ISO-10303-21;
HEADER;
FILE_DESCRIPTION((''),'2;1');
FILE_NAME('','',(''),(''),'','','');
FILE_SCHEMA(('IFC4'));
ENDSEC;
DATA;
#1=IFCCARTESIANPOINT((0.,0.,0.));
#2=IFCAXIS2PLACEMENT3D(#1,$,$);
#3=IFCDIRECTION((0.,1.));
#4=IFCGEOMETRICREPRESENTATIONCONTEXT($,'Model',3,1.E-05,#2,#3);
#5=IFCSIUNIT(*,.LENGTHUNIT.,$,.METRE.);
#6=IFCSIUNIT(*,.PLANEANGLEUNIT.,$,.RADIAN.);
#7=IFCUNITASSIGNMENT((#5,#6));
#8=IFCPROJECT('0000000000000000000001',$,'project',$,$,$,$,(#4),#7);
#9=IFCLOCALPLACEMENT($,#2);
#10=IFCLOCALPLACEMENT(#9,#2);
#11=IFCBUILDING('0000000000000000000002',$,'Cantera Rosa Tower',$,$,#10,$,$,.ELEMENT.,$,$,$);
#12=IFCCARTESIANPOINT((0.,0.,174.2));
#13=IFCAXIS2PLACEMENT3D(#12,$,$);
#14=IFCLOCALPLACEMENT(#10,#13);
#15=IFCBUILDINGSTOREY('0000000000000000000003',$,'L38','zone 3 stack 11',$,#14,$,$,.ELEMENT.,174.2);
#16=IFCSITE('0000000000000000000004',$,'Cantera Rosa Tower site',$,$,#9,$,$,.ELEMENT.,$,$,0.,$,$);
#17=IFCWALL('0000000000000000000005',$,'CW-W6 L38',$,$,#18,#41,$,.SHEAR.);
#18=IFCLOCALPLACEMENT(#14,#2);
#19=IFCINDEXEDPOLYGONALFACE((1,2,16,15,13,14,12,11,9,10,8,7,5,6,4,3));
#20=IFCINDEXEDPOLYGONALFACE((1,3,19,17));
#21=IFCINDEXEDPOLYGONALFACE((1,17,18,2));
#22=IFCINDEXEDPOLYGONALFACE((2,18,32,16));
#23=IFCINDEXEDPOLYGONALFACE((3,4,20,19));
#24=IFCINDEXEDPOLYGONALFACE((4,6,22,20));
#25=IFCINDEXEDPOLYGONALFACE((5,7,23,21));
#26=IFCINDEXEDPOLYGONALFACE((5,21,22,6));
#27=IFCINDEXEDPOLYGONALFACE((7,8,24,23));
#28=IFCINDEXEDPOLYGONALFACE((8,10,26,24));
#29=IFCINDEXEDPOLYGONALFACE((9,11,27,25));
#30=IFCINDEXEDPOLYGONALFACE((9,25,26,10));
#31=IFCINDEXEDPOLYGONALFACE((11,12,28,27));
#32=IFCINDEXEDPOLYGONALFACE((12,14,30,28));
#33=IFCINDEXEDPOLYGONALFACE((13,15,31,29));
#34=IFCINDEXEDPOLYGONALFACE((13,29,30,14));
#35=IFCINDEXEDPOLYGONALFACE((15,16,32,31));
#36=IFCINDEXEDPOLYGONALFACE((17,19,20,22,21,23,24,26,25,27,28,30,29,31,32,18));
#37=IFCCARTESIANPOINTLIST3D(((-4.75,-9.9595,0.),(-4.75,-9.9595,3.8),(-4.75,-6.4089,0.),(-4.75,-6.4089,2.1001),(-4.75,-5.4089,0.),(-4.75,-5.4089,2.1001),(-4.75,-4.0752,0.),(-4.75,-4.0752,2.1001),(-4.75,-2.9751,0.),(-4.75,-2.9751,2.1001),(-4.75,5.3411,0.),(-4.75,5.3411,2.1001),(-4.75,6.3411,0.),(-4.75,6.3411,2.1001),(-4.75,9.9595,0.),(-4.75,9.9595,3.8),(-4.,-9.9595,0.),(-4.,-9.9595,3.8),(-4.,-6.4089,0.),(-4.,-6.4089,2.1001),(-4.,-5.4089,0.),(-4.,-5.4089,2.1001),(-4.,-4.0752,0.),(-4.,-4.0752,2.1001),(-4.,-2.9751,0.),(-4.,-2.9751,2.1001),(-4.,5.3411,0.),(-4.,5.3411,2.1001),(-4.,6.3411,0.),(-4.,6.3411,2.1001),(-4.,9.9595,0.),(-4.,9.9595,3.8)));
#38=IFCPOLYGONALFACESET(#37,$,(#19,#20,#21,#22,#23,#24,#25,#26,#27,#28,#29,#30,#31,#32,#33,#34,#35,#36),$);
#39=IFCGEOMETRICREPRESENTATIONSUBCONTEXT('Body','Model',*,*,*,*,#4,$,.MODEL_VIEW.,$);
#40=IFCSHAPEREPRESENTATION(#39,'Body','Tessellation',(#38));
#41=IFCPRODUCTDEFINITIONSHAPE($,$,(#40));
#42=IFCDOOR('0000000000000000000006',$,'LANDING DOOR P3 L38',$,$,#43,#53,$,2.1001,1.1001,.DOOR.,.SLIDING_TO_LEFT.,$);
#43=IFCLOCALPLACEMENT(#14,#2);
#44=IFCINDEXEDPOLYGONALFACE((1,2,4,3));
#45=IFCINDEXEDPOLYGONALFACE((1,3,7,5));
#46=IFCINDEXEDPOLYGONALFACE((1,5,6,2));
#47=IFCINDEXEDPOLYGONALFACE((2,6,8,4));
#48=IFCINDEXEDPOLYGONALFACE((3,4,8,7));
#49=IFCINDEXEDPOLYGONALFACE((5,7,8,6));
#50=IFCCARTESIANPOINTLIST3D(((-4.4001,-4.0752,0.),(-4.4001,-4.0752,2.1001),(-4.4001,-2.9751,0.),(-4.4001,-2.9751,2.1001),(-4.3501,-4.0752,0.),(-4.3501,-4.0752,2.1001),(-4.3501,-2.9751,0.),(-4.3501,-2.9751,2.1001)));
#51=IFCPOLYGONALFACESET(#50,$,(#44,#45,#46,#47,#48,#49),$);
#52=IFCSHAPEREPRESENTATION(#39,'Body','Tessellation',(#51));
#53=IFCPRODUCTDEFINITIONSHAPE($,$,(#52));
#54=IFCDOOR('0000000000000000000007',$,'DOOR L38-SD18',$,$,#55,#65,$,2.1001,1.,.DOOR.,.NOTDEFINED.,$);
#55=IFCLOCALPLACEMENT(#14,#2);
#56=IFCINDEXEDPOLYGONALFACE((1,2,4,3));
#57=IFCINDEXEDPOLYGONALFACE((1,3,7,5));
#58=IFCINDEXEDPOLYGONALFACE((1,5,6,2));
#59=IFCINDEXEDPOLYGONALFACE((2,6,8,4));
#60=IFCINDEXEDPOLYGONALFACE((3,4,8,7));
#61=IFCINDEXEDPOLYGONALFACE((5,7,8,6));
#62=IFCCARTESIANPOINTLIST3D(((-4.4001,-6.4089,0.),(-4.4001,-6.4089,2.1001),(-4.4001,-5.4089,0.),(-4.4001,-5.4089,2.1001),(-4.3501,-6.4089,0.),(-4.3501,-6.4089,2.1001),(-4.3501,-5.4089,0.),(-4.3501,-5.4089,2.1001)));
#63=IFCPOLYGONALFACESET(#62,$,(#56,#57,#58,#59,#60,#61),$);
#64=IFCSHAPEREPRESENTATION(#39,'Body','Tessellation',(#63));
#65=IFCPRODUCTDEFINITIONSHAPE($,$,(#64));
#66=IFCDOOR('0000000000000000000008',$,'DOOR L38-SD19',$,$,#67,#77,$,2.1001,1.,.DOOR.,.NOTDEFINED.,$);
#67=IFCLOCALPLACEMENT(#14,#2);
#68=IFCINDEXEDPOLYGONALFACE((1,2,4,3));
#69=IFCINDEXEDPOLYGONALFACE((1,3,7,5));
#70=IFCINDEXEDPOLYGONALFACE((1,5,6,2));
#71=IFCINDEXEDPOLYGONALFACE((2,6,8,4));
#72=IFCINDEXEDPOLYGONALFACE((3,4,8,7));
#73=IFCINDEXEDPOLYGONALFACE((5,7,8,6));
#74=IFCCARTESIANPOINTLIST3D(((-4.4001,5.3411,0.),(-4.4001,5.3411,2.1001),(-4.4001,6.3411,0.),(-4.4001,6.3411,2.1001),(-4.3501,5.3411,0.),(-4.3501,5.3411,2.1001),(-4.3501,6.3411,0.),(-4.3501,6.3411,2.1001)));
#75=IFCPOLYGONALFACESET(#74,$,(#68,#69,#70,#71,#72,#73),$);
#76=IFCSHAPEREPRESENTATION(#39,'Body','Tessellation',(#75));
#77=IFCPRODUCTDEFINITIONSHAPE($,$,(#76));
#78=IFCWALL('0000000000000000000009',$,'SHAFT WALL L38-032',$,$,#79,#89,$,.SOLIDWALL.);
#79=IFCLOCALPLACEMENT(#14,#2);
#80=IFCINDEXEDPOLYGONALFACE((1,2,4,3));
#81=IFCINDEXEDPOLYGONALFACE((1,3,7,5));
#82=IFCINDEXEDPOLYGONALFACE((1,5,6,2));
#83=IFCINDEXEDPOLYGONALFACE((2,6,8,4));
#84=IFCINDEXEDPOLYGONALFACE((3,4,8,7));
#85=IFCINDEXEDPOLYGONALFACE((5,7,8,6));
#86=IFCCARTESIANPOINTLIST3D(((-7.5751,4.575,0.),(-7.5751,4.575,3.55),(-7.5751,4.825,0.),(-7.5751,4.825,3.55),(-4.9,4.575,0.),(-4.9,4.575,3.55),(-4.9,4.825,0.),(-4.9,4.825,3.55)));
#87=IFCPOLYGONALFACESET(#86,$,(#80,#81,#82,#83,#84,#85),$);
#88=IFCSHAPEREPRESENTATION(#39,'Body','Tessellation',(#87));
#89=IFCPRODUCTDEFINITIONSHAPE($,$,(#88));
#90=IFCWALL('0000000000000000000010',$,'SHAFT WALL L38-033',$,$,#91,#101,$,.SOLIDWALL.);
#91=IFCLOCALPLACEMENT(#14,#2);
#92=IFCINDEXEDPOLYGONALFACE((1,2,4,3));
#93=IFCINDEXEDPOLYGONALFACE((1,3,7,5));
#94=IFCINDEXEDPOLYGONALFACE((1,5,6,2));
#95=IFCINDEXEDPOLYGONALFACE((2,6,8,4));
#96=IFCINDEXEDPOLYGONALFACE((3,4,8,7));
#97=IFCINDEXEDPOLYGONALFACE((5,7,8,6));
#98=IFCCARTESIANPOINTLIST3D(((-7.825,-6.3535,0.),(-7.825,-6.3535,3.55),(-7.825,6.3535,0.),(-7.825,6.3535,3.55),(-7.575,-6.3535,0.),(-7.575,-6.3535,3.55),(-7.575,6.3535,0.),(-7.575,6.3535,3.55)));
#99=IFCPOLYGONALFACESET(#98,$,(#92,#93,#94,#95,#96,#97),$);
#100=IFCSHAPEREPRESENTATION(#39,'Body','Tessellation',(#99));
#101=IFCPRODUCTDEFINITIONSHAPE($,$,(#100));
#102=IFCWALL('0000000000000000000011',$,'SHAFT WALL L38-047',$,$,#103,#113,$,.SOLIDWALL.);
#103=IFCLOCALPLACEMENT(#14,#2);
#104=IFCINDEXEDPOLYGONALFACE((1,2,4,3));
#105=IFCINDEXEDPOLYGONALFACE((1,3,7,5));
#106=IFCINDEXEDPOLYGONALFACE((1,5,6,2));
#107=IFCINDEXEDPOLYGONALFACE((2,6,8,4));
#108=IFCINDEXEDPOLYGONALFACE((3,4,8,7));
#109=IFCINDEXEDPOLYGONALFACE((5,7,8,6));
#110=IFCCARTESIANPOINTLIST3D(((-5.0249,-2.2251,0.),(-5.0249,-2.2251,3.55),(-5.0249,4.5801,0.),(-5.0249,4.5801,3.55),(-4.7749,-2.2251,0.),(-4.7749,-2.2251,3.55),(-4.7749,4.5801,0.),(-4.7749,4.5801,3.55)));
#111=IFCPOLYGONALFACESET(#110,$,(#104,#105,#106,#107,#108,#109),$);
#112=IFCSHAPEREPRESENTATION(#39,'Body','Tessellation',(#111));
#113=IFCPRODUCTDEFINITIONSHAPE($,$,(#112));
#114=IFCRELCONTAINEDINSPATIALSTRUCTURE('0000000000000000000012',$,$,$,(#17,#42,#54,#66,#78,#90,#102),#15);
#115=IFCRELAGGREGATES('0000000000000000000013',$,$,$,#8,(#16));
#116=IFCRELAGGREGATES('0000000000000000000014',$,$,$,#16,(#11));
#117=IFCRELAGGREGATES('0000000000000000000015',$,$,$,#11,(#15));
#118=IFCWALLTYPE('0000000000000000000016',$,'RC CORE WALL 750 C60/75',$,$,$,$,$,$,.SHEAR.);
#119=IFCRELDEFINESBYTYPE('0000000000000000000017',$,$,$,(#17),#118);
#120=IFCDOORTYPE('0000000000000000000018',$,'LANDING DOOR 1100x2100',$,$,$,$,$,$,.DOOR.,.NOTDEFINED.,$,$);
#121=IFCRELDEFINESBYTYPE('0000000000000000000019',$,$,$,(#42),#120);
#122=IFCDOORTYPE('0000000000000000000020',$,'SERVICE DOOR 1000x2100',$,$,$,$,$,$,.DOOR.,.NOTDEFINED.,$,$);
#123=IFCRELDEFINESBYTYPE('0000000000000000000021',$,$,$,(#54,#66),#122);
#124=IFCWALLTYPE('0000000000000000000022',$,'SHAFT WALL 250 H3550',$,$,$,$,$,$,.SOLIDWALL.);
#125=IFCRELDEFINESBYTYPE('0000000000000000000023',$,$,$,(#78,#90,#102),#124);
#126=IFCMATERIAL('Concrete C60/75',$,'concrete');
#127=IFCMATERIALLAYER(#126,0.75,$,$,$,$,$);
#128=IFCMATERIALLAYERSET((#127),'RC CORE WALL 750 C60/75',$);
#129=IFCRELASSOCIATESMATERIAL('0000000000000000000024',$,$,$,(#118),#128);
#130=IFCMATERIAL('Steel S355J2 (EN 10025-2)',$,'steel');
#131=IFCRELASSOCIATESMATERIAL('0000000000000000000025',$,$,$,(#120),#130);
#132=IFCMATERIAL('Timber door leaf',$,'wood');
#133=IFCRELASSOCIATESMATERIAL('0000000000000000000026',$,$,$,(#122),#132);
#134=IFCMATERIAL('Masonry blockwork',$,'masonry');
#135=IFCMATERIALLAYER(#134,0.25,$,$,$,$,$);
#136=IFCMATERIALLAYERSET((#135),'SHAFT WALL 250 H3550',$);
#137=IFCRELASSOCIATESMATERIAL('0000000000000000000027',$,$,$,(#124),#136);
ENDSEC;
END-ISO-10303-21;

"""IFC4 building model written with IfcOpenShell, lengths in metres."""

from ifc_helpers import new_model, si_unit, direction, frame, frame_2d, origin, place, context, subcontext, project, spatial, rectangle, extrude, material, layer, layer_set, type_object, element, fill, save


model = new_model("IFC4")

# Units and contexts
model_context = context("Model", 3, precision=1e-05, world=origin(), true_north=direction((0.0, 1.0)))
body_context = subcontext(model_context, "Body", "Model", "MODEL_VIEW")
ifc_project = project(units=[si_unit("LENGTHUNIT", "METRE"), si_unit("PLANEANGLEUNIT", "RADIAN")], contexts=[model_context])

# Site, building, storey
site_placement = place(None, origin())
site = spatial("IfcSite", under=ifc_project, at=site_placement, Name="Cantera Rosa Tower site", CompositionType="ELEMENT", RefElevation=0.0)
building_placement = place(site_placement, origin())
building = spatial("IfcBuilding", under=site, at=building_placement, Name="Cantera Rosa Tower", CompositionType="ELEMENT")
storey_placement = place(building_placement, frame((0.0, 0.0, 174.2)))
storey = spatial("IfcBuildingStorey", under=building, at=storey_placement, Name="L38", Description="zone 3 stack 11", CompositionType="ELEMENT", Elevation=174.2)

# Shared definitions
ifc_material_1 = material(Name="Concrete C60/75", Category="concrete")
ifc_layer_1 = layer(ifc_material_1, 0.75)
ifc_layer_set_1 = layer_set([ifc_layer_1], Name="RC CORE WALL 750 C60/75")
wall_type_1 = type_object("IfcWallType", Name="RC CORE WALL 750 C60/75", PredefinedType="SHEAR", material=ifc_layer_set_1)

# Wall, openings, doors
wall_1_placement = place(storey_placement, frame((-4.375, 9.9595, 0.0), z_axis=(0.0, 0.0, 1.0), x_axis=(0.0, -1.0, 0.0)))
wall_1 = element("IfcWall", 1, at=wall_1_placement, inside=storey, type_object=wall_type_1, Name="CW-W6 L38", PredefinedType="SHEAR", context=body_context, shape_type="SweptSolid", body=[
    extrude(rectangle(XDim=19.9189, YDim=0.75, at=frame_2d((9.9595, 0.0))), origin(), (0.0, 0.0, 1.0), 3.8),
])
opening_1_placement = place(wall_1_placement, frame((12.9346, 0.0, 0.0)))
opening_1 = element("IfcOpeningElement", 2, at=opening_1_placement, cuts=wall_1, PredefinedType="OPENING", context=body_context, shape_type="SweptSolid", body=[
    extrude(rectangle(XDim=1.1001, YDim=2.1001, at=frame_2d((0.55, 1.05))), frame((0.0, 0.385, 0.0), z_axis=(0.0, -1.0, 0.0), x_axis=(1.0, 0.0, 0.0)), (0.0, 0.0, 1.0), 0.77),
])
opening_2_placement = place(wall_1_placement, frame((15.3684, 0.0, 0.0)))
opening_2 = element("IfcOpeningElement", 3, at=opening_2_placement, cuts=wall_1, PredefinedType="OPENING", context=body_context, shape_type="SweptSolid", body=[
    extrude(rectangle(XDim=1.0, YDim=2.1001, at=frame_2d((0.5, 1.05))), frame((0.0, 0.385, 0.0), z_axis=(0.0, -1.0, 0.0), x_axis=(1.0, 0.0, 0.0)), (0.0, 0.0, 1.0), 0.77),
])
opening_3_placement = place(wall_1_placement, frame((3.6184, 0.0, 0.0)))
opening_3 = element("IfcOpeningElement", 4, at=opening_3_placement, cuts=wall_1, PredefinedType="OPENING", context=body_context, shape_type="SweptSolid", body=[
    extrude(rectangle(XDim=1.0, YDim=2.1001, at=frame_2d((0.5, 1.05))), frame((0.0, 0.385, 0.0), z_axis=(0.0, -1.0, 0.0), x_axis=(1.0, 0.0, 0.0)), (0.0, 0.0, 1.0), 0.77),
])
ifc_material_2 = material(Name="Steel S355J2 (EN 10025-2)", Category="steel")
door_type_1 = type_object("IfcDoorType", Name="LANDING DOOR 1100x2100", OperationType="NOTDEFINED", PredefinedType="DOOR", material=ifc_material_2)
door_1_placement = place(opening_1_placement, origin())
door_1 = element("IfcDoor", 5, at=door_1_placement, inside=storey, type_object=door_type_1, Name="LANDING DOOR P3 L38", OperationType="SLIDING_TO_LEFT", OverallHeight=2.1001, OverallWidth=1.1001, PredefinedType="DOOR", context=body_context, shape_type="SweptSolid", body=[
    extrude(rectangle(XDim=1.1001, YDim=2.1001, at=frame_2d((0.55, 1.05))), frame((0.0, 0.0249, 0.0), z_axis=(0.0, -1.0, 0.0), x_axis=(1.0, 0.0, 0.0)), (0.0, 0.0, 1.0), 0.05),
])
fill(opening_1, door_1)
ifc_material_3 = material(Name="Timber door leaf", Category="wood")
door_type_2 = type_object("IfcDoorType", Name="SERVICE DOOR 1000x2100", OperationType="NOTDEFINED", PredefinedType="DOOR", material=ifc_material_3)
door_2_placement = place(opening_2_placement, origin())
door_2 = element("IfcDoor", 6, at=door_2_placement, inside=storey, type_object=door_type_2, Name="DOOR L38-SD18", OperationType="NOTDEFINED", OverallHeight=2.1001, OverallWidth=1.0, PredefinedType="DOOR", context=body_context, shape_type="SweptSolid", body=[
    extrude(rectangle(XDim=1.0, YDim=2.1001, at=frame_2d((0.5, 1.05))), frame((0.0, 0.0249, 0.0), z_axis=(0.0, -1.0, 0.0), x_axis=(1.0, 0.0, 0.0)), (0.0, 0.0, 1.0), 0.05),
])
fill(opening_2, door_2)
door_3_placement = place(opening_3_placement, origin())
door_3 = element("IfcDoor", 7, at=door_3_placement, inside=storey, type_object=door_type_2, Name="DOOR L38-SD19", OperationType="NOTDEFINED", OverallHeight=2.1001, OverallWidth=1.0, PredefinedType="DOOR", context=body_context, shape_type="SweptSolid", body=[
    extrude(rectangle(XDim=1.0, YDim=2.1001, at=frame_2d((0.5, 1.05))), frame((0.0, 0.0249, 0.0), z_axis=(0.0, -1.0, 0.0), x_axis=(1.0, 0.0, 0.0)), (0.0, 0.0, 1.0), 0.05),
])
fill(opening_3, door_3)

# Walls
ifc_material_4 = material(Name="Masonry blockwork", Category="masonry")
ifc_layer_2 = layer(ifc_material_4, 0.25)
ifc_layer_set_2 = layer_set([ifc_layer_2], Name="SHAFT WALL 250 H3550")
wall_type_2 = type_object("IfcWallType", Name="SHAFT WALL 250 H3550", PredefinedType="SOLIDWALL", material=ifc_layer_set_2)
wall_2_placement = place(storey_placement, frame((-7.575, 4.7, 0.0), z_axis=(0.0, 0.0, 1.0), x_axis=(1.0, 0.0, 0.0)))
element("IfcWall", 8, at=wall_2_placement, inside=storey, type_object=wall_type_2, Name="SHAFT WALL L38-032", PredefinedType="SOLIDWALL", context=body_context, shape_type="SweptSolid", body=[
    extrude(rectangle(XDim=2.675, YDim=0.25, at=frame_2d((1.3374, 0.0))), origin(), (0.0, 0.0, 1.0), 3.55),
])
wall_3_placement = place(storey_placement, frame((-7.7, 6.3535, 0.0), z_axis=(0.0, 0.0, 1.0), x_axis=(0.0, -1.0, 0.0)))
element("IfcWall", 9, at=wall_3_placement, inside=storey, type_object=wall_type_2, Name="SHAFT WALL L38-033", PredefinedType="SOLIDWALL", context=body_context, shape_type="SweptSolid", body=[
    extrude(rectangle(XDim=12.707, YDim=0.25, at=frame_2d((6.3535, 0.0))), origin(), (0.0, 0.0, 1.0), 3.55),
])
wall_4_placement = place(storey_placement, frame((-4.8999, 4.5801, 0.0), z_axis=(0.0, 0.0, 1.0), x_axis=(0.0, -1.0, 0.0)))
element("IfcWall", 10, at=wall_4_placement, inside=storey, type_object=wall_type_2, Name="SHAFT WALL L38-047", PredefinedType="SOLIDWALL", context=body_context, shape_type="SweptSolid", body=[
    extrude(rectangle(XDim=6.8052, YDim=0.25, at=frame_2d((3.4026, 0.0))), origin(), (0.0, 0.0, 1.0), 3.55),
])

save(model, "model.ifc")
